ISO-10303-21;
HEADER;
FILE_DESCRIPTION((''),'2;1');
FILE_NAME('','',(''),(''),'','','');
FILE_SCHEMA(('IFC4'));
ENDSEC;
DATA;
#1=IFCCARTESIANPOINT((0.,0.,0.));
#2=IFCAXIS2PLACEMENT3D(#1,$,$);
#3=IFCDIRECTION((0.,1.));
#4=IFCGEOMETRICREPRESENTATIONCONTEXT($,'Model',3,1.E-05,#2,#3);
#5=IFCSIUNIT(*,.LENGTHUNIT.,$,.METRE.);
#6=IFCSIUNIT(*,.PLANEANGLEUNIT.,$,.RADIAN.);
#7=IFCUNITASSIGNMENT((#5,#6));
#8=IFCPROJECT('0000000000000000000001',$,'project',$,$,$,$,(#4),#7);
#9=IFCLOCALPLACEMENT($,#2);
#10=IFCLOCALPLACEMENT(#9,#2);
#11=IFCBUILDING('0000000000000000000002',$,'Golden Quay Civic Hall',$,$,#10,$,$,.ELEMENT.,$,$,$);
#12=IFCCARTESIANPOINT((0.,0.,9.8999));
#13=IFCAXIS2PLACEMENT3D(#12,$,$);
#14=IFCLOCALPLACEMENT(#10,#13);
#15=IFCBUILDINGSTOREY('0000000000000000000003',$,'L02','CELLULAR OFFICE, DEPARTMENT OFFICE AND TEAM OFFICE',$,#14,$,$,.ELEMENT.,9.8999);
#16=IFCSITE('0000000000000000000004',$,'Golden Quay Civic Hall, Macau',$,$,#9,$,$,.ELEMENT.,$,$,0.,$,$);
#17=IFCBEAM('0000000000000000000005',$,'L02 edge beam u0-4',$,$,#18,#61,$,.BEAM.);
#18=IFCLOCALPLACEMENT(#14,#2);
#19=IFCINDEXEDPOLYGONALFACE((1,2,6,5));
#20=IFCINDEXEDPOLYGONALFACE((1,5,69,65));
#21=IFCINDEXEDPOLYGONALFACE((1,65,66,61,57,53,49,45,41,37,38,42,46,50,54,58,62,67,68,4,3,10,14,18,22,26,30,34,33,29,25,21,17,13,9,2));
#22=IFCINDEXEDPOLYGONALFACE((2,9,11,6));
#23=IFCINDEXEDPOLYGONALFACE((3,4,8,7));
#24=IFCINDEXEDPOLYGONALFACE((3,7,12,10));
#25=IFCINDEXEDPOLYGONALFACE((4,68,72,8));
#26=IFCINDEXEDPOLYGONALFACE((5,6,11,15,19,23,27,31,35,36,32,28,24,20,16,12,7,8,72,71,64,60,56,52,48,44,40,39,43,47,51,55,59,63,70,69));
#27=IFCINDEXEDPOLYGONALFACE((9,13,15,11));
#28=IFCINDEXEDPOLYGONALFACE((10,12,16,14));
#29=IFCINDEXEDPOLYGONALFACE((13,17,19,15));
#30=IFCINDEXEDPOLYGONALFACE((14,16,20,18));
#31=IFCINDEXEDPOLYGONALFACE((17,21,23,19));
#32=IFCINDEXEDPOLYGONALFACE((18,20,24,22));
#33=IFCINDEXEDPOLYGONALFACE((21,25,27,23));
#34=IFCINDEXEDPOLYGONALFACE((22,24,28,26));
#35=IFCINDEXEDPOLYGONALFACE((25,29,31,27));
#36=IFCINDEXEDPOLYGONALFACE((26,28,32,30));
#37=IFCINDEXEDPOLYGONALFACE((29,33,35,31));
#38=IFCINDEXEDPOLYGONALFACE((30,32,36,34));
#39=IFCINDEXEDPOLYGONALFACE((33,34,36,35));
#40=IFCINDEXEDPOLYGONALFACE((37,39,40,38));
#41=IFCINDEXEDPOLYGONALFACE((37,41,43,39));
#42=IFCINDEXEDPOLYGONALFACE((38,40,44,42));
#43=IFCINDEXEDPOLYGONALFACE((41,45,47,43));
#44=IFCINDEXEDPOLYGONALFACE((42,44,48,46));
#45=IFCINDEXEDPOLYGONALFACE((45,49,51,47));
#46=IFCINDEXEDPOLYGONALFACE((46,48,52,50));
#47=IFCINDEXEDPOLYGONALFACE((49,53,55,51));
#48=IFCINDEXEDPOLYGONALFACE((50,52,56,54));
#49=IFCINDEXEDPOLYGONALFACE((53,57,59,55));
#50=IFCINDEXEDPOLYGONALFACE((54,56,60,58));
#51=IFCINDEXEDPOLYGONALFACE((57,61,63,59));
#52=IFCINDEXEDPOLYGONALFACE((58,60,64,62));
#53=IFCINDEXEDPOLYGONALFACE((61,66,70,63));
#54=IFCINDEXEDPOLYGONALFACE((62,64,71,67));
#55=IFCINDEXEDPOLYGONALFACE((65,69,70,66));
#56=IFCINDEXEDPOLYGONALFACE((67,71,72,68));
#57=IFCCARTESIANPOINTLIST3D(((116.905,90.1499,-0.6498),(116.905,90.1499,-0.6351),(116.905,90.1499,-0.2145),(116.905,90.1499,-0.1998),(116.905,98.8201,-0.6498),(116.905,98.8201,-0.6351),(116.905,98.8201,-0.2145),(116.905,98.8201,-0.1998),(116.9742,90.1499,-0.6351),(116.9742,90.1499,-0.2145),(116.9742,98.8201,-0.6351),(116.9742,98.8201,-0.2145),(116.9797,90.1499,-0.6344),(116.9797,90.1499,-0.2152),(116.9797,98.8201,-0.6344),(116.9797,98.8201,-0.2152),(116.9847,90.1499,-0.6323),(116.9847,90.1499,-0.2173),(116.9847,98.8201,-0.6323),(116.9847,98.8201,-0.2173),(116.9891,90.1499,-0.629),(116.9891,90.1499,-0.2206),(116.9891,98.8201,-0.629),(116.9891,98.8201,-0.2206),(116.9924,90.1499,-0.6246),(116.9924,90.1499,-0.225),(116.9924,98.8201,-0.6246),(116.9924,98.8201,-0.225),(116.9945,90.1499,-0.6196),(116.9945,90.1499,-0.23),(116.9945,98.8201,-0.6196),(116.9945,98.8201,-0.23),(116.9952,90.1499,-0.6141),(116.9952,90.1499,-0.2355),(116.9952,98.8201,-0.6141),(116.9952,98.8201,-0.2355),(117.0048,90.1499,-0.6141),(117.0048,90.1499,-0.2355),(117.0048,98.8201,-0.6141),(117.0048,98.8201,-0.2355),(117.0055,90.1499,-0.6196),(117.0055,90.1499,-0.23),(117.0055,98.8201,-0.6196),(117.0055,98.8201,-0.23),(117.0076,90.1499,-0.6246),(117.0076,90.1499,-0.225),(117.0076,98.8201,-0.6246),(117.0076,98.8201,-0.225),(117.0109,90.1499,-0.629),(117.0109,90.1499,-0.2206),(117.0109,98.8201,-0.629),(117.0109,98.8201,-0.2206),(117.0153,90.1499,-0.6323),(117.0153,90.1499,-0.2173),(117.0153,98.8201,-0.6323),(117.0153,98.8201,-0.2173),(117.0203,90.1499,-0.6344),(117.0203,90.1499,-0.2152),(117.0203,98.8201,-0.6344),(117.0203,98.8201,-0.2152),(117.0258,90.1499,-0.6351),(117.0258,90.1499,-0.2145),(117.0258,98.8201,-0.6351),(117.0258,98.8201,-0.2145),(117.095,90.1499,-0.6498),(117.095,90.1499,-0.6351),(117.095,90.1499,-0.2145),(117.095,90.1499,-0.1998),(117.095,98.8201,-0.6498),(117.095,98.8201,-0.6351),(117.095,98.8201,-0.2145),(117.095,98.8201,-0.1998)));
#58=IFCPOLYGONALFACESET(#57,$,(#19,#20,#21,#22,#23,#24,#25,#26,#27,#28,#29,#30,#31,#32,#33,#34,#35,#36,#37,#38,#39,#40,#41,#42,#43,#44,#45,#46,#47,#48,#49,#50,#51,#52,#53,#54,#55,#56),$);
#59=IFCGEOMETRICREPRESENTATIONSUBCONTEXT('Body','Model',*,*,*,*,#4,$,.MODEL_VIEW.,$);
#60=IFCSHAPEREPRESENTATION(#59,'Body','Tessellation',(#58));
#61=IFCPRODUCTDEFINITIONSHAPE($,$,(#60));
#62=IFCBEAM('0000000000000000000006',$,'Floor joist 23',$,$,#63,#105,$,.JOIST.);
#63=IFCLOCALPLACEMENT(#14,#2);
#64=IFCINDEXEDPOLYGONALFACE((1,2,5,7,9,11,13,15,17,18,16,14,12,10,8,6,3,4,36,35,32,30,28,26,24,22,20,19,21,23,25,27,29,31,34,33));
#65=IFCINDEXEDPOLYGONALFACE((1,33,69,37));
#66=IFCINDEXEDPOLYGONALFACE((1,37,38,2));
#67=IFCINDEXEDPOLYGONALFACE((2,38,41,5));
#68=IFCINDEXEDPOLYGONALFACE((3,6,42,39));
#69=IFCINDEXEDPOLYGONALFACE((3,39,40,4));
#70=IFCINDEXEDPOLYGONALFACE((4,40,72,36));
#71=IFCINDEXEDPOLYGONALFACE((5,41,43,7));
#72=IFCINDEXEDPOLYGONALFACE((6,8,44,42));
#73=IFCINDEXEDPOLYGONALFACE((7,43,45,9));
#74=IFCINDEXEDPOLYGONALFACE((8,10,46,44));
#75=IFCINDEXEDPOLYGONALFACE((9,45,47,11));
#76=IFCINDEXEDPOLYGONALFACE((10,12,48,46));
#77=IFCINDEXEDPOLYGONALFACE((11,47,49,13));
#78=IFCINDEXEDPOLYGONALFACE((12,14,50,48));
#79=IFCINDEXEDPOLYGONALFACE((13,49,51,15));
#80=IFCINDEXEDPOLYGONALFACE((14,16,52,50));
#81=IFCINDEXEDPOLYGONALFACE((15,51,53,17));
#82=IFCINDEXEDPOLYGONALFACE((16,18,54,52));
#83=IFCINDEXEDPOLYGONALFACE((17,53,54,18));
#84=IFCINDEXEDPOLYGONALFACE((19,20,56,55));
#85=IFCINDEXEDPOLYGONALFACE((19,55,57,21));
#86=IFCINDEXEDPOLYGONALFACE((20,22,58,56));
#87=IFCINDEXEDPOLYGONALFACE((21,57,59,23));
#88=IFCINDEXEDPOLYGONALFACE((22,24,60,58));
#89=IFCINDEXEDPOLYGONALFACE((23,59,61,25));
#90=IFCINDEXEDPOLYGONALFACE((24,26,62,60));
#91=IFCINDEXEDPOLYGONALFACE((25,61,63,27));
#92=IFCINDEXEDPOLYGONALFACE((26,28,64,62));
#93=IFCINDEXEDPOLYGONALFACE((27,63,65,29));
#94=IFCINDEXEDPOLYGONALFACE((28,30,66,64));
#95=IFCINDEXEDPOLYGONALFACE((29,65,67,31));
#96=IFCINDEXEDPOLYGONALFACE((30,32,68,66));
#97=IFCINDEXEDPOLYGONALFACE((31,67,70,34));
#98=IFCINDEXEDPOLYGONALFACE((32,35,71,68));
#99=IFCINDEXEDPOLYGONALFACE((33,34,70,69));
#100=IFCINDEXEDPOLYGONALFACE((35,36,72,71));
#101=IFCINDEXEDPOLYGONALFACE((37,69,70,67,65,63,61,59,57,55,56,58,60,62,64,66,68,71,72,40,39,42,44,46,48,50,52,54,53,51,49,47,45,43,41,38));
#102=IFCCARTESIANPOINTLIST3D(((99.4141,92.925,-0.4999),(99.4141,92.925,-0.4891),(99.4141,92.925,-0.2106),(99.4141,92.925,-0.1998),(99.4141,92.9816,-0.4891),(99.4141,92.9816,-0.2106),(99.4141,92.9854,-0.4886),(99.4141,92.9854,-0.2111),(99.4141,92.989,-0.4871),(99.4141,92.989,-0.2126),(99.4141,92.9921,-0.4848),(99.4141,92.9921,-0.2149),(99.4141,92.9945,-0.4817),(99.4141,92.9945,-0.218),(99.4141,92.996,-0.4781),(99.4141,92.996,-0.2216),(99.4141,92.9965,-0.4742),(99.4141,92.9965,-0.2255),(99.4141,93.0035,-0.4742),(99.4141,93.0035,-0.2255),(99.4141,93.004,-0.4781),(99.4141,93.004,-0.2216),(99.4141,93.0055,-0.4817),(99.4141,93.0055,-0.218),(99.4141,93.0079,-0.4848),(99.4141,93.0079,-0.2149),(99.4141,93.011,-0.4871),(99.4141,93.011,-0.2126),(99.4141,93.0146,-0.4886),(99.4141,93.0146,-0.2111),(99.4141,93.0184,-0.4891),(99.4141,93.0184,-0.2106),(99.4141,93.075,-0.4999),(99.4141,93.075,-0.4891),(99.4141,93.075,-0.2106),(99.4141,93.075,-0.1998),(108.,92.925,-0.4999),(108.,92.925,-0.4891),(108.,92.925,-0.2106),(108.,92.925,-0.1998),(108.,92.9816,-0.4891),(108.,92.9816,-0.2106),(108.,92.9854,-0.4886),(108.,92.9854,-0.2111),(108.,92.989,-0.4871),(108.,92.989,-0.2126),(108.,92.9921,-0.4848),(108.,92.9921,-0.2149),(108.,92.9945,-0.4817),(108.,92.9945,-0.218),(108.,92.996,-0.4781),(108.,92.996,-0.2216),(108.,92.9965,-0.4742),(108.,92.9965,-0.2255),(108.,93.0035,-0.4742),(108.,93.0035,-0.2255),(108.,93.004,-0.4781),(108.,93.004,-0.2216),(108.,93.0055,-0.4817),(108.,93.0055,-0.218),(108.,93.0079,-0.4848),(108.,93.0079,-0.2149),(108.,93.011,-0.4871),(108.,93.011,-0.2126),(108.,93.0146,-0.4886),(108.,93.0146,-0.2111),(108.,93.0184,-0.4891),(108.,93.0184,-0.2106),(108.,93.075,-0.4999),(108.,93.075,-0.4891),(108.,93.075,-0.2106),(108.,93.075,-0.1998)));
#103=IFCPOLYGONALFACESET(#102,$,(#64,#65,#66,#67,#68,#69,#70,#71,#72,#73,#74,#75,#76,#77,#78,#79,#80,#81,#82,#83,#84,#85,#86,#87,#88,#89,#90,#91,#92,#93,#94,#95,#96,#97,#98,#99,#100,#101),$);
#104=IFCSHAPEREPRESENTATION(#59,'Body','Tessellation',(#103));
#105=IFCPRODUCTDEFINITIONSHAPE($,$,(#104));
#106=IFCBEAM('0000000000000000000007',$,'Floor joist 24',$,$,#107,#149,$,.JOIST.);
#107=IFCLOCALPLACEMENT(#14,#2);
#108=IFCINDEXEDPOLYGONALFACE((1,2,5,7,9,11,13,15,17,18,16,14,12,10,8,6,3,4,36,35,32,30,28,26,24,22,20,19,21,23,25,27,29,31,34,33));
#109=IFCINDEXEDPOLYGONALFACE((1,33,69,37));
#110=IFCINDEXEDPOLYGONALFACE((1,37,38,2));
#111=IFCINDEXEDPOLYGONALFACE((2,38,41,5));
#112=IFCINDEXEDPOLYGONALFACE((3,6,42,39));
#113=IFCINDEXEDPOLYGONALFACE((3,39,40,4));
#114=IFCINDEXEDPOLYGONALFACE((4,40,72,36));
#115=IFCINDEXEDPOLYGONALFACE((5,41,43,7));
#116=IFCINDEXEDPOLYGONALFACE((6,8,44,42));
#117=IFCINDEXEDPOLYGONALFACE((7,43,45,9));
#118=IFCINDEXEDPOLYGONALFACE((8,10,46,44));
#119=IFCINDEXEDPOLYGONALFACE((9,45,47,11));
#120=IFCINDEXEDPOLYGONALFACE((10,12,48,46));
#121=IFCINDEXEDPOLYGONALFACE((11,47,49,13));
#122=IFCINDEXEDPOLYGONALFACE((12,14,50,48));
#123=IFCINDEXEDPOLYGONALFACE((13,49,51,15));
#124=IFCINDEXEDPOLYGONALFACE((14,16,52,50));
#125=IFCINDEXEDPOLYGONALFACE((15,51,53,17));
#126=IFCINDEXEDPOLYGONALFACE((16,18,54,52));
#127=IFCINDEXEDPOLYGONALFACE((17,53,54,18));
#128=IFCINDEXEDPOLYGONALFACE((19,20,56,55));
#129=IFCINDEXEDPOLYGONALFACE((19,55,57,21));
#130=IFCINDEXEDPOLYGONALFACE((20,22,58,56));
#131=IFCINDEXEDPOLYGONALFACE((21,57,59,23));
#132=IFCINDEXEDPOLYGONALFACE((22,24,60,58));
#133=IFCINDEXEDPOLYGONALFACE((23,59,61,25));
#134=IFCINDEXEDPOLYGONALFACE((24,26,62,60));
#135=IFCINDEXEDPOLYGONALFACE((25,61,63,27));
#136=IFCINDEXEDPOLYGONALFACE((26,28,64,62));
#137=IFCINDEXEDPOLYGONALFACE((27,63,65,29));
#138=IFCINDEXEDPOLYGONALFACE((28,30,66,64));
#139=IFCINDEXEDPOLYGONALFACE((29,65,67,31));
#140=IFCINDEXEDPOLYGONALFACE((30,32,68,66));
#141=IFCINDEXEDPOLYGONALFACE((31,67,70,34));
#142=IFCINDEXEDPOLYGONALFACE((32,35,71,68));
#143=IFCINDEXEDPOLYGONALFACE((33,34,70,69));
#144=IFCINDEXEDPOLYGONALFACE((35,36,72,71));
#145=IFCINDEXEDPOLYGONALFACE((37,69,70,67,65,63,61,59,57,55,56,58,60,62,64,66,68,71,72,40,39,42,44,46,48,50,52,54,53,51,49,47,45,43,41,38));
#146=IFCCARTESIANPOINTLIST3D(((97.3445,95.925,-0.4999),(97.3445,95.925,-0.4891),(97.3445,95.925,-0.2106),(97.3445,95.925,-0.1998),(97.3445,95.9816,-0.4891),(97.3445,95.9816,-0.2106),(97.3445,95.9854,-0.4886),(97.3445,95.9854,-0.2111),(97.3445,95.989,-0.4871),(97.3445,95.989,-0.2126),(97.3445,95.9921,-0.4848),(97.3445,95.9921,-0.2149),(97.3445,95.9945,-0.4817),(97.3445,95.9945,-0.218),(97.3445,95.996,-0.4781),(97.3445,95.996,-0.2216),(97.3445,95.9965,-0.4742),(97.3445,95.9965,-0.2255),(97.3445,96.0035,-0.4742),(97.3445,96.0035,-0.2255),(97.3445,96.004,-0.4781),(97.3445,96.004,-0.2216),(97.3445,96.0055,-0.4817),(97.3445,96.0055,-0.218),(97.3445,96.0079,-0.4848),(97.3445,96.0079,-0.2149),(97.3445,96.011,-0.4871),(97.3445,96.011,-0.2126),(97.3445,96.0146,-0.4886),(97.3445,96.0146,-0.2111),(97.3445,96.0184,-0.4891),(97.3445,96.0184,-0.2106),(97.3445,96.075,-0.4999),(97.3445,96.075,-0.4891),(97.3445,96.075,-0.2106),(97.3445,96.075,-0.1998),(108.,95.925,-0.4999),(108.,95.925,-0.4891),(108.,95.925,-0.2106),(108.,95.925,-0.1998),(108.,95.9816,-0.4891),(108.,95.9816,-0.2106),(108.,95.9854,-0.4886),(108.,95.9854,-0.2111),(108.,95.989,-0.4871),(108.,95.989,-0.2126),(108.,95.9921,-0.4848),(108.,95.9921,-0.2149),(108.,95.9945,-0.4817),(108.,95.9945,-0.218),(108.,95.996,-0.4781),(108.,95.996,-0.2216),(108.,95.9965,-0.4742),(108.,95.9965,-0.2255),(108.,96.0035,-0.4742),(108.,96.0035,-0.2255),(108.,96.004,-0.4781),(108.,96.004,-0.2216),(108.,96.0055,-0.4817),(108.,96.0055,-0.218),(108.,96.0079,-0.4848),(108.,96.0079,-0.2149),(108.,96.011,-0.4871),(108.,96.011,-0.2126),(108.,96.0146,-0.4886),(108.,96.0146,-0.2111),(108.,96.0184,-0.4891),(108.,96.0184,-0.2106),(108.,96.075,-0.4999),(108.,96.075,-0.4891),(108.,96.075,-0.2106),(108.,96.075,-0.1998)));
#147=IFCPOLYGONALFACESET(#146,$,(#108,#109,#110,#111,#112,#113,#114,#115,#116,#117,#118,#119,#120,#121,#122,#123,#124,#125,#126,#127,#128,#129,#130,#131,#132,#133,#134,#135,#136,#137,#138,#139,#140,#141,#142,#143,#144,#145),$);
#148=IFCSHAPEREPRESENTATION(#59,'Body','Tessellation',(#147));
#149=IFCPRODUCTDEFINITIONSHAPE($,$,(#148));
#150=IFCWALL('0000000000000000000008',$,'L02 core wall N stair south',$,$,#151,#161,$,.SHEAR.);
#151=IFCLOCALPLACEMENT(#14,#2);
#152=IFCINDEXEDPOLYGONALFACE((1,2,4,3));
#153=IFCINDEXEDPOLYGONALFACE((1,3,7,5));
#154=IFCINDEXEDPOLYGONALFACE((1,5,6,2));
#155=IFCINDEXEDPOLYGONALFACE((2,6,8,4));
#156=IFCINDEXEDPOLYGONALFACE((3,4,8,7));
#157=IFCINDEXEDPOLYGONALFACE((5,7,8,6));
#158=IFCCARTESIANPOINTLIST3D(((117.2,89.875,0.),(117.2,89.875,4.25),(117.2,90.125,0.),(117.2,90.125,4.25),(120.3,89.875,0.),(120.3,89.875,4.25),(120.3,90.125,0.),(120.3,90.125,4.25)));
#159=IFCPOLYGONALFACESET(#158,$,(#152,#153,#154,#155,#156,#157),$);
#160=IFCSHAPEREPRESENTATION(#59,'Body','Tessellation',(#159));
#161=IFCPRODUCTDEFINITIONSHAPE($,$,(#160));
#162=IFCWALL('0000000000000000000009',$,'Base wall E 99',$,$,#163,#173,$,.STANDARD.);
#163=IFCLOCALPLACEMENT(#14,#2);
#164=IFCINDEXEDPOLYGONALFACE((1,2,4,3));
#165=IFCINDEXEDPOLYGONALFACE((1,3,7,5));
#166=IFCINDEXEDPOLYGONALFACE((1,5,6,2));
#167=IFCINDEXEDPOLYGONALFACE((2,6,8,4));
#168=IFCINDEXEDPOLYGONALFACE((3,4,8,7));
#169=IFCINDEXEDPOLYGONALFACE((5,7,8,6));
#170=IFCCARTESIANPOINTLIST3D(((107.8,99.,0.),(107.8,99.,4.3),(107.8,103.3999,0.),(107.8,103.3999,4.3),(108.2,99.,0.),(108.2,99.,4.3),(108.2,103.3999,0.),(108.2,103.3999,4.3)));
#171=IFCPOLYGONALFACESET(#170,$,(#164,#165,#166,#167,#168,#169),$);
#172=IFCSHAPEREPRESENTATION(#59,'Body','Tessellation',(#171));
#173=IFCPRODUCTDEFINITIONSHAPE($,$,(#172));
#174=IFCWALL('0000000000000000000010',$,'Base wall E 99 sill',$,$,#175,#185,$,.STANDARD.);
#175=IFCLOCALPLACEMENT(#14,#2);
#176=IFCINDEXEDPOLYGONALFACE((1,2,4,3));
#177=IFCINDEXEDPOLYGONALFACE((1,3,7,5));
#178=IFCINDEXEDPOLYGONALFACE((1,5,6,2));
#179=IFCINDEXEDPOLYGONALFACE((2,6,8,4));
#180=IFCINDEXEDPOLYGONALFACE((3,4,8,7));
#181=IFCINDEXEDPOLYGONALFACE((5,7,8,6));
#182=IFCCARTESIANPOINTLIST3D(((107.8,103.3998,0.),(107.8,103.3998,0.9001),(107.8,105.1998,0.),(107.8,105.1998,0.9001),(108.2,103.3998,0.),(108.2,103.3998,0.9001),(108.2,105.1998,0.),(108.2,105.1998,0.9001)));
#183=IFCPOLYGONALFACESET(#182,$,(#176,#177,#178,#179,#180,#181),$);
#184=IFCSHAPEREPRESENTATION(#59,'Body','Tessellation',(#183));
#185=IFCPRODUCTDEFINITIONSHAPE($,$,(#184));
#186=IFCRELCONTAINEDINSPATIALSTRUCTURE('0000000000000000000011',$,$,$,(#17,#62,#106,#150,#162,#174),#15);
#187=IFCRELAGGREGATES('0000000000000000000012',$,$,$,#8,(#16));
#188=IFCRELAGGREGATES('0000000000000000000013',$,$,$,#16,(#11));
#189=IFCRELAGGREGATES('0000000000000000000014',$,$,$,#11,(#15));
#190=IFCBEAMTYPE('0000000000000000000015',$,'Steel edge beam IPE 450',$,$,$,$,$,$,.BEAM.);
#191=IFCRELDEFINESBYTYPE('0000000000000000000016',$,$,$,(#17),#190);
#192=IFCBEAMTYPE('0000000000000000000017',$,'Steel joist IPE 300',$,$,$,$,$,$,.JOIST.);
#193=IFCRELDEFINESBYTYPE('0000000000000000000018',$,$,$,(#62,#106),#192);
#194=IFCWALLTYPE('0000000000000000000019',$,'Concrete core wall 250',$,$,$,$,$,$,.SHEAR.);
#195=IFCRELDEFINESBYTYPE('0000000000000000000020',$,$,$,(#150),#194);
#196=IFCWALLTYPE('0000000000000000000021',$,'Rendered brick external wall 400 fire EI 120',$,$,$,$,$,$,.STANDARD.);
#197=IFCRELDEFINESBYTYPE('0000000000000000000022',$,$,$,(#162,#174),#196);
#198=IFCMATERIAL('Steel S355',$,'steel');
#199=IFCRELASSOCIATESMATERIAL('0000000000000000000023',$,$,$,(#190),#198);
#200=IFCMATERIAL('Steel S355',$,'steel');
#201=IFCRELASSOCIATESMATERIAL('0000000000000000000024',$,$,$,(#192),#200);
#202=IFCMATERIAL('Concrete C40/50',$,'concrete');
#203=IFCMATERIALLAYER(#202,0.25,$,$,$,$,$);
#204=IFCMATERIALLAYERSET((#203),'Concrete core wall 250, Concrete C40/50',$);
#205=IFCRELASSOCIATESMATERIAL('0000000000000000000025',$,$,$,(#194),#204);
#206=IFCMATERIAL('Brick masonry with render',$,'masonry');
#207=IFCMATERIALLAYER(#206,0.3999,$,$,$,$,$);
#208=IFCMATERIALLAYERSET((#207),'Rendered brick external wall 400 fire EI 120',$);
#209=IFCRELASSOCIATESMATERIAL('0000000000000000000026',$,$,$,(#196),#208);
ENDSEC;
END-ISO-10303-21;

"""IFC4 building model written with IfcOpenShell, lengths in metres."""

from ifc_helpers import new_model, si_unit, direction, frame, frame_2d, origin, origin_2d, place, context, subcontext, project, spatial, rectangle, i_section, extrude, material, layer, layer_set, material_profile, profile_set, type_object, element, save


model = new_model("IFC4")

# Units and contexts
model_context = context("Model", 3, precision=1e-05, world=origin(), true_north=direction((0.0, 1.0)))
body_context = subcontext(model_context, "Body", "Model", "MODEL_VIEW")
ifc_project = project(units=[si_unit("LENGTHUNIT", "METRE"), si_unit("PLANEANGLEUNIT", "RADIAN")], contexts=[model_context])

# Site, building, storey
site_placement = place(None, origin())
site = spatial("IfcSite", under=ifc_project, at=site_placement, Name="Golden Quay Civic Hall, Macau", CompositionType="ELEMENT", RefElevation=0.0)
building_placement = place(site_placement, origin())
building = spatial("IfcBuilding", under=site, at=building_placement, Name="Golden Quay Civic Hall", CompositionType="ELEMENT")
storey_placement = place(building_placement, frame((0.0, 0.0, 9.8999)))
storey = spatial("IfcBuildingStorey", under=building, at=storey_placement, Name="L02", Description="CELLULAR OFFICE, DEPARTMENT OFFICE AND TEAM OFFICE", CompositionType="ELEMENT", Elevation=9.8999)

# Beams
ifc_material_1 = material(Name="Steel S355", Category="steel")
ifc_material_profile_1 = material_profile(ifc_material_1, i_section(OverallWidth=0.1899, OverallDepth=0.45, WebThickness=0.0095, FlangeThickness=0.0146, FilletRadius=0.021, at=origin_2d()), Name="IPE 450")
ifc_profile_set_1 = profile_set([ifc_material_profile_1], Name="Steel S355")
beam_type_1 = type_object("IfcBeamType", Name="Steel edge beam IPE 450", PredefinedType="BEAM", material=ifc_profile_set_1)
beam_1_placement = place(storey_placement, frame((117.0, 90.1499, -0.4248), z_axis=(0.0, 1.0, 0.0), x_axis=(-1.0, 0.0, 0.0)))
element("IfcBeam", 1, at=beam_1_placement, inside=storey, type_object=beam_type_1, Name="L02 edge beam u0-4", PredefinedType="BEAM", context=body_context, shape_type="SweptSolid", body=[
    extrude(i_section(OverallWidth=0.1899, OverallDepth=0.45, WebThickness=0.0095, FlangeThickness=0.0146, FilletRadius=0.021, at=origin_2d()), origin(), (0.0, 0.0, 1.0), 8.6702),
])
ifc_material_2 = material(Name="Steel S355", Category="steel")
ifc_material_profile_2 = material_profile(ifc_material_2, i_section(OverallWidth=0.1499, OverallDepth=0.3, WebThickness=0.0071, FlangeThickness=0.0107, FilletRadius=0.0149, at=origin_2d()), Name="IPE 300")
ifc_profile_set_2 = profile_set([ifc_material_profile_2], Name="Steel S355")
beam_type_2 = type_object("IfcBeamType", Name="Steel joist IPE 300", PredefinedType="JOIST", material=ifc_profile_set_2)
beam_2_placement = place(storey_placement, frame((108.0, 93.0, -0.3499), z_axis=(-1.0, 0.0, 0.0), x_axis=(0.0, -1.0, 0.0)))
element("IfcBeam", 2, at=beam_2_placement, inside=storey, type_object=beam_type_2, Name="Floor joist 23", PredefinedType="JOIST", context=body_context, shape_type="SweptSolid", body=[
    extrude(i_section(OverallWidth=0.1499, OverallDepth=0.3, WebThickness=0.0071, FlangeThickness=0.0107, FilletRadius=0.0149, at=origin_2d()), origin(), (0.0, 0.0, 1.0), 8.5859),
])
beam_3_placement = place(storey_placement, frame((108.0, 96.0, -0.3499), z_axis=(-1.0, 0.0, 0.0), x_axis=(0.0, -1.0, 0.0)))
element("IfcBeam", 3, at=beam_3_placement, inside=storey, type_object=beam_type_2, Name="Floor joist 24", PredefinedType="JOIST", context=body_context, shape_type="SweptSolid", body=[
    extrude(i_section(OverallWidth=0.1499, OverallDepth=0.3, WebThickness=0.0071, FlangeThickness=0.0107, FilletRadius=0.0149, at=origin_2d()), origin(), (0.0, 0.0, 1.0), 10.6555),
])

# Walls
ifc_material_3 = material(Name="Concrete C40/50", Category="concrete")
ifc_layer_1 = layer(ifc_material_3, 0.25)
ifc_layer_set_1 = layer_set([ifc_layer_1], Name="Concrete core wall 250, Concrete C40/50")
wall_type_1 = type_object("IfcWallType", Name="Concrete core wall 250", PredefinedType="SHEAR", material=ifc_layer_set_1)
wall_1_placement = place(storey_placement, frame((117.2, 90.0, 0.0), z_axis=(0.0, 0.0, 1.0), x_axis=(1.0, 0.0, 0.0)))
element("IfcWall", 4, at=wall_1_placement, inside=storey, type_object=wall_type_1, Name="L02 core wall N stair south", PredefinedType="SHEAR", context=body_context, shape_type="SweptSolid", body=[
    extrude(rectangle(XDim=3.1001, YDim=0.25, at=frame_2d((1.55, 0.0))), origin(), (0.0, 0.0, 1.0), 4.25),
])
ifc_material_4 = material(Name="Brick masonry with render", Category="masonry")
ifc_layer_2 = layer(ifc_material_4, 0.3999)
ifc_layer_set_2 = layer_set([ifc_layer_2], Name="Rendered brick external wall 400 fire EI 120")
wall_type_2 = type_object("IfcWallType", Name="Rendered brick external wall 400 fire EI 120", PredefinedType="STANDARD", material=ifc_layer_set_2)
wall_2_placement = place(storey_placement, frame((108.0, 99.0, 0.0), z_axis=(0.0, 0.0, 1.0), x_axis=(0.0, 1.0, 0.0)))
element("IfcWall", 5, at=wall_2_placement, inside=storey, type_object=wall_type_2, Name="Base wall E 99", PredefinedType="STANDARD", context=body_context, shape_type="SweptSolid", body=[
    extrude(rectangle(XDim=4.3999, YDim=0.3999, at=frame_2d((2.2, 0.0))), origin(), (0.0, 0.0, 1.0), 4.3),
])
wall_3_placement = place(storey_placement, frame((108.0, 103.3999, 0.0), z_axis=(0.0, 0.0, 1.0), x_axis=(0.0, 1.0, 0.0)))
element("IfcWall", 6, at=wall_3_placement, inside=storey, type_object=wall_type_2, Name="Base wall E 99 sill", PredefinedType="STANDARD", context=body_context, shape_type="SweptSolid", body=[
    extrude(rectangle(XDim=1.8, YDim=0.3999, at=frame_2d((0.8999, 0.0))), origin(), (0.0, 0.0, 1.0), 0.9001),
])

save(model, "model.ifc")
